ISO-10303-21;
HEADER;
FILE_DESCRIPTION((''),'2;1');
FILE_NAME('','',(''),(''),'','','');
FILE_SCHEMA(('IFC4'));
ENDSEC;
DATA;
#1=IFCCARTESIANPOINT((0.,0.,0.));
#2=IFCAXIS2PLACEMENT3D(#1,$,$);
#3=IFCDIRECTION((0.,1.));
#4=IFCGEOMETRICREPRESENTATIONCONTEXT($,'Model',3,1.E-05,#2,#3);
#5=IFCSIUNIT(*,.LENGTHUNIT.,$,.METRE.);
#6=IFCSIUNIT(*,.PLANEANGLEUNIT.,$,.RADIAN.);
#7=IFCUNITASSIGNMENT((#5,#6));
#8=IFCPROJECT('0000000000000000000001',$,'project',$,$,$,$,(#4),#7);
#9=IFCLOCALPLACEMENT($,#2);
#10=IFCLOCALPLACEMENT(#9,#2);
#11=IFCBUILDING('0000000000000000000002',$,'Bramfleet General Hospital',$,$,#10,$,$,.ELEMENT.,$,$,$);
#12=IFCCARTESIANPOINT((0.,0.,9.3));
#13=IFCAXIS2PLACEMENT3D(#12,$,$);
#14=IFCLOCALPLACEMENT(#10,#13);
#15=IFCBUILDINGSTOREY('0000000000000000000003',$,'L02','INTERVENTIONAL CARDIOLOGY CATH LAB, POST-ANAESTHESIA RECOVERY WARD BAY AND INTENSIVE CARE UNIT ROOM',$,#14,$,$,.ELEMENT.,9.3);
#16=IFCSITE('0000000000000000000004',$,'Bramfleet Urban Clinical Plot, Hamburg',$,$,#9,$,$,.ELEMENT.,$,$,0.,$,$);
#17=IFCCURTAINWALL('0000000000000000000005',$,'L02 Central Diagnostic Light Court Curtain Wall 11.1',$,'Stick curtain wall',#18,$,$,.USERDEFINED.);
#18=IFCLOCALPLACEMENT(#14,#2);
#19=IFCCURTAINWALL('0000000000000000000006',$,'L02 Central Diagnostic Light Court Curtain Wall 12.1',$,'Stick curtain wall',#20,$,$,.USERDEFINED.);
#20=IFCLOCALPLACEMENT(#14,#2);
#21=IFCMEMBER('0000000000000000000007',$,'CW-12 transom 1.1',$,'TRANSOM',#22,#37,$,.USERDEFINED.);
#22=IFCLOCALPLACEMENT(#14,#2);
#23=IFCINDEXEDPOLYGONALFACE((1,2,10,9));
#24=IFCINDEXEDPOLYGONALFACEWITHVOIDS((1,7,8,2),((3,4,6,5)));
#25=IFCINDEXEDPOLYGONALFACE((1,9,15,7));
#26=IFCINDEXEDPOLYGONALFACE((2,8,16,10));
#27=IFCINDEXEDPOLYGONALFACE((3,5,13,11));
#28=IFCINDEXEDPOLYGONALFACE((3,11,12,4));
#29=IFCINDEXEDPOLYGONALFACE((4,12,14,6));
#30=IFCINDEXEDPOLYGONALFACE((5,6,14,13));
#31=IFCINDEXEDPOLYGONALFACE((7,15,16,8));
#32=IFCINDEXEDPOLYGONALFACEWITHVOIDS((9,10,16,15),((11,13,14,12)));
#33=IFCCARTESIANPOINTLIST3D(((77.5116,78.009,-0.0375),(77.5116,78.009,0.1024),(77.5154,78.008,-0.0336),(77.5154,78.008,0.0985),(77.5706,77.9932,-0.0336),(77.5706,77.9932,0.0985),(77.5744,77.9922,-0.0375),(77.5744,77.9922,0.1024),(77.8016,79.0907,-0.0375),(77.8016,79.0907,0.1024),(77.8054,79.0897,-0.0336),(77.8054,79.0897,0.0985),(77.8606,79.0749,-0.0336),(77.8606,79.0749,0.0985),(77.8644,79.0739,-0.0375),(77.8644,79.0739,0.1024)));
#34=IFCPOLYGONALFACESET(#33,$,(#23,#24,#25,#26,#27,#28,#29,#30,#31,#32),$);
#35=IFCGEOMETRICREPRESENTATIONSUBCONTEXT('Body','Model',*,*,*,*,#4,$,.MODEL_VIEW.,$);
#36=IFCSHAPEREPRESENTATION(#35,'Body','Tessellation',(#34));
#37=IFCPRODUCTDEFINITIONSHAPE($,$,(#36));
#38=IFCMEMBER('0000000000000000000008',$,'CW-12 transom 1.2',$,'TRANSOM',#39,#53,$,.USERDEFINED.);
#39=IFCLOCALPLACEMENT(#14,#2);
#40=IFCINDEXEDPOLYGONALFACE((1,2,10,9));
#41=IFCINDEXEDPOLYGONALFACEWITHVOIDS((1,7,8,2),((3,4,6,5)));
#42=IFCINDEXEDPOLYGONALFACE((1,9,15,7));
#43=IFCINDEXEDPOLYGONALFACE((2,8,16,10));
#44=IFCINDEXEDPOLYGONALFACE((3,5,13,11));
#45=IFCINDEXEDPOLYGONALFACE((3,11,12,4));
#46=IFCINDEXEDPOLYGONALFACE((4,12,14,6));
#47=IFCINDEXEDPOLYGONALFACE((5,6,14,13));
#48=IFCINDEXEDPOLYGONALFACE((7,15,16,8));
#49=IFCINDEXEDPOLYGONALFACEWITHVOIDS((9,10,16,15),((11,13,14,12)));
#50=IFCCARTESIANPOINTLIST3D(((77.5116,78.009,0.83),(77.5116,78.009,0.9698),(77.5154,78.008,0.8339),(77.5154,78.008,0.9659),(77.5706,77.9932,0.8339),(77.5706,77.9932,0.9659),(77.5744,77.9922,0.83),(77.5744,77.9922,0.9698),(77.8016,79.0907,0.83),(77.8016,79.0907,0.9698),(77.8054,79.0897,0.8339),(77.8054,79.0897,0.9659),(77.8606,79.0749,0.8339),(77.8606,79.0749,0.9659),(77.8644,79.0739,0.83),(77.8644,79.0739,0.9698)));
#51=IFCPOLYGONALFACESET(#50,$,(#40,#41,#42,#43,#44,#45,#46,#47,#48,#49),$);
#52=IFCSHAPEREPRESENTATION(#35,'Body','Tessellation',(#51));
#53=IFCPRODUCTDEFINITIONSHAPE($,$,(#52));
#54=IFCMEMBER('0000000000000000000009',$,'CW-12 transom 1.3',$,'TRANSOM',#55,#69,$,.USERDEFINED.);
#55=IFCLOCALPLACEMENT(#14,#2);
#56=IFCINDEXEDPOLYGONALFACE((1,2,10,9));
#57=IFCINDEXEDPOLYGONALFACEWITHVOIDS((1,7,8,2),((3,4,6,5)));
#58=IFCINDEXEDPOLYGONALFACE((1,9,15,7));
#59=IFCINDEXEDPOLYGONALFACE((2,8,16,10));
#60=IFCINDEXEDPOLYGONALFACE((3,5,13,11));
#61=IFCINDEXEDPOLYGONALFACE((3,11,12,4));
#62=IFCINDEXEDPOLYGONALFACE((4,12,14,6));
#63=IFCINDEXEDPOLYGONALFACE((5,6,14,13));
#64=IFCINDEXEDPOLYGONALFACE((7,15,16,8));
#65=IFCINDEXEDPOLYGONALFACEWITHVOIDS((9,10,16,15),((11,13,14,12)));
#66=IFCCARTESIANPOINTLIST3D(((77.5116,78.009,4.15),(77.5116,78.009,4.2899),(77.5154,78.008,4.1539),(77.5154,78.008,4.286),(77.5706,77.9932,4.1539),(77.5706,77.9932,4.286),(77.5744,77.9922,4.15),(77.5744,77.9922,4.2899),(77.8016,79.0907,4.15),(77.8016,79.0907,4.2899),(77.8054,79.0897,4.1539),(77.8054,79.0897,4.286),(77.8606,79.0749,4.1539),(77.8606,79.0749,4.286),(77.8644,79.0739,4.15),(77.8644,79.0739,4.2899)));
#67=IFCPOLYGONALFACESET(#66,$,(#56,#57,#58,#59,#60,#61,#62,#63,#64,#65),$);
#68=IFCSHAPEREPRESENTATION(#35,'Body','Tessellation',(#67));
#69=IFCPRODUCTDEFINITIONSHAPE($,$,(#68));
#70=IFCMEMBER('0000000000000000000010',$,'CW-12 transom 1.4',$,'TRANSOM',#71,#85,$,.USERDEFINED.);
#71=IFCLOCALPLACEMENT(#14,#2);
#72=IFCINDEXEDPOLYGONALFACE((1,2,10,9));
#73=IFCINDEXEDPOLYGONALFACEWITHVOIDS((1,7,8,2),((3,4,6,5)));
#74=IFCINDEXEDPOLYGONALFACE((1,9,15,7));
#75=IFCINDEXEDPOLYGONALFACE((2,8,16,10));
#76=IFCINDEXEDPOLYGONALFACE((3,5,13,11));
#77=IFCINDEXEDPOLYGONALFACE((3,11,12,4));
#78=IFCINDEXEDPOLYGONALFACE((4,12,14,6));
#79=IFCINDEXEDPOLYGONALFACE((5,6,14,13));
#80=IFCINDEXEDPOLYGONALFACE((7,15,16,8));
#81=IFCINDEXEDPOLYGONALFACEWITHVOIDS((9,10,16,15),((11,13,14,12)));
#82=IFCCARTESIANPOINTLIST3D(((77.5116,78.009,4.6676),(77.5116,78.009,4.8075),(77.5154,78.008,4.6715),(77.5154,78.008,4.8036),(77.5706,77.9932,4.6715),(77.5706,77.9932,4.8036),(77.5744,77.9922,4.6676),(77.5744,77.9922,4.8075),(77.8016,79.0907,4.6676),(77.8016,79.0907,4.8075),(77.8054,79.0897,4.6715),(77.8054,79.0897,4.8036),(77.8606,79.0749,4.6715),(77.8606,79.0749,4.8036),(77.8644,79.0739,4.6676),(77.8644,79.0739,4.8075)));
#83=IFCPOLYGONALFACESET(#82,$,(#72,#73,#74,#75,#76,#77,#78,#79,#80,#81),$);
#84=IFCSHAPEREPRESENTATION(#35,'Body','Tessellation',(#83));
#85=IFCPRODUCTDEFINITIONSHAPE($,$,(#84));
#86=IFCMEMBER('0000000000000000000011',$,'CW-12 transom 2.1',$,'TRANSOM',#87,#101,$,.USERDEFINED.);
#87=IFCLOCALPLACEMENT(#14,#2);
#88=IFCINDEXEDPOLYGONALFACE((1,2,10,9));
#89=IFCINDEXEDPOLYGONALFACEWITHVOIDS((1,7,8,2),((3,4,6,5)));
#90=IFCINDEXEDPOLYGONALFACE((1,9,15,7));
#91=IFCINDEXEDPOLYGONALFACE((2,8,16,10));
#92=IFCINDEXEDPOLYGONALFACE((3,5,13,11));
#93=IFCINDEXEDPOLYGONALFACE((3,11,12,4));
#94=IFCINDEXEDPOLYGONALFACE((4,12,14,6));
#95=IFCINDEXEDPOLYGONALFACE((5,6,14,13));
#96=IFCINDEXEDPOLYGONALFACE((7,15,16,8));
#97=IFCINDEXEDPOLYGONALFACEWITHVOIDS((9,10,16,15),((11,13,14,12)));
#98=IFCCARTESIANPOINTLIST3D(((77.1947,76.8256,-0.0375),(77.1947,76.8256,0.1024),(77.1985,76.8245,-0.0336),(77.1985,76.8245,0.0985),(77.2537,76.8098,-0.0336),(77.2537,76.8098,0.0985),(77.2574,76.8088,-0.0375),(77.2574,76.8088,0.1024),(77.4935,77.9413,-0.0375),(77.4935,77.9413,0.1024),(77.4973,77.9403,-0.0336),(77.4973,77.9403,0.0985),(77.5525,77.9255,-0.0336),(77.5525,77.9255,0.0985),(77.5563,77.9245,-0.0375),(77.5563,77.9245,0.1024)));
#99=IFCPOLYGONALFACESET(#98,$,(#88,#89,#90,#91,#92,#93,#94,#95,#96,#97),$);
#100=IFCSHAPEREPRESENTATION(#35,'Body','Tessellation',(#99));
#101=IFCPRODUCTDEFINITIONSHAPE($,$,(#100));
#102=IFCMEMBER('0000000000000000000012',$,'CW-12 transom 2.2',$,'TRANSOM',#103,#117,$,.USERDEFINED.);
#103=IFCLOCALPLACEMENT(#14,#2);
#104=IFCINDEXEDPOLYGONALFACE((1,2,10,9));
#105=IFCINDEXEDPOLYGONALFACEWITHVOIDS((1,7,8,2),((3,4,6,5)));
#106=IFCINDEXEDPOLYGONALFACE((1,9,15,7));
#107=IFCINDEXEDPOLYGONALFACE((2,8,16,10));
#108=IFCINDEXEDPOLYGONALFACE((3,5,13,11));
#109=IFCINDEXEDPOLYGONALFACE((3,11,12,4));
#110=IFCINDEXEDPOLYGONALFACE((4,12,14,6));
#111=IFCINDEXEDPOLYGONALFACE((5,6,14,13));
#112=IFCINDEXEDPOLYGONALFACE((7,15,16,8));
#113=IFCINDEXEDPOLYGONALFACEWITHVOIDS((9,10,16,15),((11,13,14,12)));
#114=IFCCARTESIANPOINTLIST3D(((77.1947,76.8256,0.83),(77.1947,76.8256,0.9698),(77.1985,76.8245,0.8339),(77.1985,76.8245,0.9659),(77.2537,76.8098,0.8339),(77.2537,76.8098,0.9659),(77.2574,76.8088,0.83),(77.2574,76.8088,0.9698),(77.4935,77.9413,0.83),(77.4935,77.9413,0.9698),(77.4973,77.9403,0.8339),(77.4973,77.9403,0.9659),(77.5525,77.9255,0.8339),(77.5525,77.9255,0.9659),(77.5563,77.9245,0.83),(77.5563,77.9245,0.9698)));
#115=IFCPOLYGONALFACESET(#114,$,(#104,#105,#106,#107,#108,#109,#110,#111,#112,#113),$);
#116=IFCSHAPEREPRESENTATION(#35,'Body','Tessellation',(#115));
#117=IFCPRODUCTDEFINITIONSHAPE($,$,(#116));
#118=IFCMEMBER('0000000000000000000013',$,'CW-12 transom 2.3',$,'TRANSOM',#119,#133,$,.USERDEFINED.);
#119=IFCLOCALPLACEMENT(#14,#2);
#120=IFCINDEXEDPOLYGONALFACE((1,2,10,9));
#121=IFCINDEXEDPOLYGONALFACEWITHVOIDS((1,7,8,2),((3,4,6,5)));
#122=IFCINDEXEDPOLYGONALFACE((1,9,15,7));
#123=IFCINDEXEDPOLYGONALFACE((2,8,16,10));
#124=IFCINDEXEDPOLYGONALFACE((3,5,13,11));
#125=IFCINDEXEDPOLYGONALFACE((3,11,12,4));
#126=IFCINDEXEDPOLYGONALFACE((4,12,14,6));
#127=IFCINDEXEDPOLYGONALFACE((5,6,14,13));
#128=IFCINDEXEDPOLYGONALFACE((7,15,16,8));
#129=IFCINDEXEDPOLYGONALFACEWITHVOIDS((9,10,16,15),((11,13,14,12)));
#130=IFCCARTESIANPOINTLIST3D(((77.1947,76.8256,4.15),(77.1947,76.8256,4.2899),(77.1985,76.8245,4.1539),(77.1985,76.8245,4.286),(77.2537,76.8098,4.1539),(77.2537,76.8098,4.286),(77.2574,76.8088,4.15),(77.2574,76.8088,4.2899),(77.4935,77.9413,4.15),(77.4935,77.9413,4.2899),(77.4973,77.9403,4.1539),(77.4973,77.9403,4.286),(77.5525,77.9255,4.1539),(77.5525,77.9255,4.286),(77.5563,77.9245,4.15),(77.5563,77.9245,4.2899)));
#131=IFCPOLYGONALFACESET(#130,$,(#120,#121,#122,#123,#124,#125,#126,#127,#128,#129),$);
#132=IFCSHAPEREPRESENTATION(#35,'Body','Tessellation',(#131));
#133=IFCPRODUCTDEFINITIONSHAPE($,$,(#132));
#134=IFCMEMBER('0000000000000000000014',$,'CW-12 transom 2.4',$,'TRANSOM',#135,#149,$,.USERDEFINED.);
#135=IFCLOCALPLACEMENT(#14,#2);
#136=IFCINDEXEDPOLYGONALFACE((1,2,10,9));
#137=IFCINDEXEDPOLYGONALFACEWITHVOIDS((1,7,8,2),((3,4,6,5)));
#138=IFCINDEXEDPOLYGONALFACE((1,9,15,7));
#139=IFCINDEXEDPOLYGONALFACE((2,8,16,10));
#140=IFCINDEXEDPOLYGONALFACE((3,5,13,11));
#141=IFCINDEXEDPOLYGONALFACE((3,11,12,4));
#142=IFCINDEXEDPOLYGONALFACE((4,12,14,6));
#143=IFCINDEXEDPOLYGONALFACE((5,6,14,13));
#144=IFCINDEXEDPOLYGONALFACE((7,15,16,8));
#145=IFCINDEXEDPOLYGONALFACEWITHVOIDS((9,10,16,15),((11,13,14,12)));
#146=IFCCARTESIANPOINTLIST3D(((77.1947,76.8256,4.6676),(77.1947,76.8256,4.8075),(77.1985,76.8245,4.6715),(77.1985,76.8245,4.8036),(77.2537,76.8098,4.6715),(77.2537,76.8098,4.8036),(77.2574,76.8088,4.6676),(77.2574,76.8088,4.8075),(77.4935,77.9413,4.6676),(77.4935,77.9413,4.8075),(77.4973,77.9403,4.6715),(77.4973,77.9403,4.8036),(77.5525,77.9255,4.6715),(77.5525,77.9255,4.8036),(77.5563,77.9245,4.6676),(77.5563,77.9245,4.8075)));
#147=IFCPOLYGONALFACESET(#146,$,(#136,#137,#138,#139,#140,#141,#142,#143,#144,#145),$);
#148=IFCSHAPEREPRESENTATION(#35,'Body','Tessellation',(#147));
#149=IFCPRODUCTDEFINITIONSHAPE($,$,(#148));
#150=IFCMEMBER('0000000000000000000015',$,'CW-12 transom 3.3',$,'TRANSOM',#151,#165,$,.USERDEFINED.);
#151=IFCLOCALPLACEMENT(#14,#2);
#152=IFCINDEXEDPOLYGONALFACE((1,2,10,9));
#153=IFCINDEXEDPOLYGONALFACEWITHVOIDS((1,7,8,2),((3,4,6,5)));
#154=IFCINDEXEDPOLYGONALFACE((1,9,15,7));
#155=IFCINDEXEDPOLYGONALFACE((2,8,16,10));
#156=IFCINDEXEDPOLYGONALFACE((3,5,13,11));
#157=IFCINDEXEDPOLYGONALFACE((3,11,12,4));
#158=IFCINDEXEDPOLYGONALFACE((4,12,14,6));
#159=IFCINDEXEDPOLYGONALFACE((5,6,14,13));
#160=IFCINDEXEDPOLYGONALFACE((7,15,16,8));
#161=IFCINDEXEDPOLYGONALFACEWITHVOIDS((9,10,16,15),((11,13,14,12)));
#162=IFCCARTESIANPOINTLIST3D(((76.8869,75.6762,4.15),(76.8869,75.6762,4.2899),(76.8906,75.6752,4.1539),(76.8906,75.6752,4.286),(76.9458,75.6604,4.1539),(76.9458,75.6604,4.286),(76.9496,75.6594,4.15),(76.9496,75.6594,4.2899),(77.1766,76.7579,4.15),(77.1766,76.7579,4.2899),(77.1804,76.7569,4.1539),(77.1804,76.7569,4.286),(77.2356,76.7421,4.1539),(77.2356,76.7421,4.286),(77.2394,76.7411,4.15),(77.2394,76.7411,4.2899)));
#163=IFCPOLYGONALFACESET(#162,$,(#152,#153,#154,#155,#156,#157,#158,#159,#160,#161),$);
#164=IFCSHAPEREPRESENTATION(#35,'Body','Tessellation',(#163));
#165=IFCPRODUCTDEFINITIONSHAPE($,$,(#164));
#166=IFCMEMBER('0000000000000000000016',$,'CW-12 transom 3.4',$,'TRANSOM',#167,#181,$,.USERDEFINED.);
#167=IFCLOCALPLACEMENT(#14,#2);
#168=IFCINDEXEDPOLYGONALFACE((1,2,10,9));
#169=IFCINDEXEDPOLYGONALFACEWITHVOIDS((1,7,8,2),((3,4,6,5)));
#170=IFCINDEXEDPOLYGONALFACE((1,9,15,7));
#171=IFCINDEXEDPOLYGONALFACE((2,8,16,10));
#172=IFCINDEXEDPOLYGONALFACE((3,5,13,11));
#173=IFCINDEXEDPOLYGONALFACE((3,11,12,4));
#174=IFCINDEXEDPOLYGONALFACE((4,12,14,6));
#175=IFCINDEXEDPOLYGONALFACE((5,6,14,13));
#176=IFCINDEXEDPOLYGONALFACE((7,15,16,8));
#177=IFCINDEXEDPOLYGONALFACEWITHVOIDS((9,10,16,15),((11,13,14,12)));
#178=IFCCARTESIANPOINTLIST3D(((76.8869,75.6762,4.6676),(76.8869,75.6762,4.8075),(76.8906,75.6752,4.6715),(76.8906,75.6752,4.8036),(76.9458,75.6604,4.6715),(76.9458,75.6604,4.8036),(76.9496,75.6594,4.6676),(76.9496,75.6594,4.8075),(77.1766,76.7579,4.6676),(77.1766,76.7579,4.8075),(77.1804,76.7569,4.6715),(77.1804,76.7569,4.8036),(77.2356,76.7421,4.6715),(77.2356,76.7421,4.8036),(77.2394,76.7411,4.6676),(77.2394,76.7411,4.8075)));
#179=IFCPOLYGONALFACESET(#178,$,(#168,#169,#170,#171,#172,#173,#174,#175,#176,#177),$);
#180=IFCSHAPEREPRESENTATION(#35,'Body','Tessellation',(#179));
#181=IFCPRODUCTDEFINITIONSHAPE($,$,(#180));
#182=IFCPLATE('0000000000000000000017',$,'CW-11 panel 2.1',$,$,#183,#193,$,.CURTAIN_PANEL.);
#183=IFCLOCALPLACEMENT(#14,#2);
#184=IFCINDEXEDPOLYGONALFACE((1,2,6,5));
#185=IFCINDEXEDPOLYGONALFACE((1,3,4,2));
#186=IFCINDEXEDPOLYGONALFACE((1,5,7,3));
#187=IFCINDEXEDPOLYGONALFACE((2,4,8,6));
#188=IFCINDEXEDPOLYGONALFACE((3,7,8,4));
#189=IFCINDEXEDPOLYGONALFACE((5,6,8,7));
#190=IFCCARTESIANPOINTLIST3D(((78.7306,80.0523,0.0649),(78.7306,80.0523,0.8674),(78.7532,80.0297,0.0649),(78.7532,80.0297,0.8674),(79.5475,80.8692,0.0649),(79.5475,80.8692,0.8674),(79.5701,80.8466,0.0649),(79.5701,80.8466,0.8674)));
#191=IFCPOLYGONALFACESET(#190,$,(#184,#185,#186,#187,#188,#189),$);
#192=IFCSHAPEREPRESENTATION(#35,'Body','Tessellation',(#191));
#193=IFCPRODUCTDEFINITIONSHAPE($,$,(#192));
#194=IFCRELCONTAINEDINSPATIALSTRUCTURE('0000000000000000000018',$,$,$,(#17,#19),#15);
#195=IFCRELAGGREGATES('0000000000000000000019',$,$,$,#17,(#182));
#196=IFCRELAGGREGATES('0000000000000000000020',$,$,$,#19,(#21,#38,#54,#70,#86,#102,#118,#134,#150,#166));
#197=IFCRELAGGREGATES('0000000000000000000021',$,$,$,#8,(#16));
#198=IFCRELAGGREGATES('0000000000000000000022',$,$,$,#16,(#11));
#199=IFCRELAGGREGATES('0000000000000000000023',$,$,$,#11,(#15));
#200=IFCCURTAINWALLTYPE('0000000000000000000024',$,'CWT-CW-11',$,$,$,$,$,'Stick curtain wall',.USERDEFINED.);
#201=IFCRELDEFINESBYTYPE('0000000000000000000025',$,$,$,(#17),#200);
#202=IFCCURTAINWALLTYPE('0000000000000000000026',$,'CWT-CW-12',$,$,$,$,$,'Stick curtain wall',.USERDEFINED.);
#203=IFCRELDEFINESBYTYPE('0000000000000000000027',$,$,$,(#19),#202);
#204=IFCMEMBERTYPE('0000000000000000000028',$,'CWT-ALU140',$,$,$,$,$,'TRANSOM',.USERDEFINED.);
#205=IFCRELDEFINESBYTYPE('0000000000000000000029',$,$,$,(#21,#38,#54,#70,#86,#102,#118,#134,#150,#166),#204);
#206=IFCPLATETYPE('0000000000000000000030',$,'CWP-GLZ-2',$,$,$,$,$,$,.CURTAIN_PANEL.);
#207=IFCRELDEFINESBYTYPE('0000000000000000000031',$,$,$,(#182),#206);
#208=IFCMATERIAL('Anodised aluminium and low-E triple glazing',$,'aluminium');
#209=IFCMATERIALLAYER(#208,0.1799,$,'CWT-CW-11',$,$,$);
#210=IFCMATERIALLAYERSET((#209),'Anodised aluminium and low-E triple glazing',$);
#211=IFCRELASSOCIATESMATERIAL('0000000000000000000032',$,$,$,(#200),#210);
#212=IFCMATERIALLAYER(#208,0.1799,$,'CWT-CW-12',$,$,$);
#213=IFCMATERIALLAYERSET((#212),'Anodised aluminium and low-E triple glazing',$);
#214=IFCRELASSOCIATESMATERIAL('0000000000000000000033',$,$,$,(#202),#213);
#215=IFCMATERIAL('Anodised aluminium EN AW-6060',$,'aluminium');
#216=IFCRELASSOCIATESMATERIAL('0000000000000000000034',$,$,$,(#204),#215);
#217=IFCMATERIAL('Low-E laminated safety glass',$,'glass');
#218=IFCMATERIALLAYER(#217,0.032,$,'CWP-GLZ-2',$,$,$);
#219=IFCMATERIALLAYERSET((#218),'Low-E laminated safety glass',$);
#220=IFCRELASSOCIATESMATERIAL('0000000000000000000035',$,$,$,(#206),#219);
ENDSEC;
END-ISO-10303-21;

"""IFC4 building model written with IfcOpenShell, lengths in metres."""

from ifc_helpers import new_model, si_unit, direction, frame, origin, origin_2d, place, context, subcontext, project, spatial, rectangle, hollow_rectangle, extrude, material, layer, layer_set, material_profile, profile_set, type_object, element, aggregate, save


model = new_model("IFC4")

# Units and contexts
model_context = context("Model", 3, precision=1e-05, world=origin(), true_north=direction((0.0, 1.0)))
body_context = subcontext(model_context, "Body", "Model", "MODEL_VIEW")
ifc_project = project(units=[si_unit("LENGTHUNIT", "METRE"), si_unit("PLANEANGLEUNIT", "RADIAN")], contexts=[model_context])

# Site, building, storey
site_placement = place(None, origin())
site = spatial("IfcSite", under=ifc_project, at=site_placement, Name="Bramfleet Urban Clinical Plot, Hamburg", CompositionType="ELEMENT", RefElevation=0.0)
building_placement = place(site_placement, origin())
building = spatial("IfcBuilding", under=site, at=building_placement, Name="Bramfleet General Hospital", CompositionType="ELEMENT")
storey_placement = place(building_placement, frame((0.0, 0.0, 9.3)))
storey = spatial("IfcBuildingStorey", under=building, at=storey_placement, Name="L02", Description="INTERVENTIONAL CARDIOLOGY CATH LAB, POST-ANAESTHESIA RECOVERY WARD BAY AND INTENSIVE CARE UNIT ROOM", CompositionType="ELEMENT", Elevation=9.3)

# Curtain walls
ifc_material_1 = material(Name="Anodised aluminium and low-E triple glazing", Category="aluminium")
ifc_layer_1 = layer(ifc_material_1, 0.1799, Name="CWT-CW-11")
ifc_layer_set_1 = layer_set([ifc_layer_1], Name="Anodised aluminium and low-E triple glazing")
curtain_wall_type_1 = type_object("IfcCurtainWallType", Name="CWT-CW-11", ElementType="Stick curtain wall", PredefinedType="USERDEFINED", material=ifc_layer_set_1)
curtain_wall_1_placement = place(storey_placement, origin())
curtain_wall_1 = element("IfcCurtainWall", 1, at=curtain_wall_1_placement, inside=storey, type_object=curtain_wall_type_1, Name="L02 Central Diagnostic Light Court Curtain Wall 11.1", ObjectType="Stick curtain wall", PredefinedType="USERDEFINED")
ifc_material_2 = material(Name="Anodised aluminium EN AW-6060", Category="aluminium")
ifc_layer_2 = layer(ifc_material_1, 0.1799, Name="CWT-CW-12")
ifc_layer_set_2 = layer_set([ifc_layer_2], Name="Anodised aluminium and low-E triple glazing")
curtain_wall_type_2 = type_object("IfcCurtainWallType", Name="CWT-CW-12", ElementType="Stick curtain wall", PredefinedType="USERDEFINED", material=ifc_layer_set_2)
curtain_wall_2_placement = place(storey_placement, origin())
curtain_wall_2 = element("IfcCurtainWall", 2, at=curtain_wall_2_placement, inside=storey, type_object=curtain_wall_type_2, Name="L02 Central Diagnostic Light Court Curtain Wall 12.1", ObjectType="Stick curtain wall", PredefinedType="USERDEFINED")

# Members
ifc_material_profile_1 = material_profile(ifc_material_2, hollow_rectangle(XDim=0.0649, YDim=0.1399, WallThickness=0.0039, at=origin_2d()), Name="ALU 140x65x4.0")
ifc_profile_set_1 = profile_set([ifc_material_profile_1], Name="Anodised aluminium EN AW-6060")
member_type_1 = type_object("IfcMemberType", Name="CWT-ALU140", ElementType="TRANSOM", PredefinedType="USERDEFINED", material=ifc_profile_set_1)
member_1_placement = place(storey_placement, frame((77.833, 79.0823, 0.0325), z_axis=(-0.258965, -0.965887, 0.0), x_axis=(0.965887, -0.258965, 0.0)))
member_1 = element("IfcMember", 3, at=member_1_placement, type_object=member_type_1, Name="CW-12 transom 1.1", ObjectType="TRANSOM", PredefinedType="USERDEFINED", context=body_context, shape_type="SweptSolid", body=[
    extrude(hollow_rectangle(XDim=0.0649, YDim=0.1399, WallThickness=0.0039, at=origin_2d()), origin(), (0.0, 0.0, 1.0), 1.1199),
])
member_2_placement = place(storey_placement, frame((77.833, 79.0823, 0.8999), z_axis=(-0.258965, -0.965887, 0.0), x_axis=(0.965887, -0.258965, 0.0)))
member_2 = element("IfcMember", 4, at=member_2_placement, type_object=member_type_1, Name="CW-12 transom 1.2", ObjectType="TRANSOM", PredefinedType="USERDEFINED", context=body_context, shape_type="SweptSolid", body=[
    extrude(hollow_rectangle(XDim=0.0649, YDim=0.1399, WallThickness=0.0039, at=origin_2d()), origin(), (0.0, 0.0, 1.0), 1.1199),
])
member_3_placement = place(storey_placement, frame((77.833, 79.0823, 4.22), z_axis=(-0.258965, -0.965887, 0.0), x_axis=(0.965887, -0.258965, 0.0)))
member_3 = element("IfcMember", 5, at=member_3_placement, type_object=member_type_1, Name="CW-12 transom 1.3", ObjectType="TRANSOM", PredefinedType="USERDEFINED", context=body_context, shape_type="SweptSolid", body=[
    extrude(hollow_rectangle(XDim=0.0649, YDim=0.1399, WallThickness=0.0039, at=origin_2d()), origin(), (0.0, 0.0, 1.0), 1.1199),
])
member_4_placement = place(storey_placement, frame((77.833, 79.0823, 4.7375), z_axis=(-0.258965, -0.965887, 0.0), x_axis=(0.965887, -0.258965, 0.0)))
member_4 = element("IfcMember", 6, at=member_4_placement, type_object=member_type_1, Name="CW-12 transom 1.4", ObjectType="TRANSOM", PredefinedType="USERDEFINED", context=body_context, shape_type="SweptSolid", body=[
    extrude(hollow_rectangle(XDim=0.0649, YDim=0.1399, WallThickness=0.0039, at=origin_2d()), origin(), (0.0, 0.0, 1.0), 1.1199),
])
member_5_placement = place(storey_placement, frame((77.5249, 77.9329, 0.0325), z_axis=(-0.258715, -0.965954, 0.0), x_axis=(0.965954, -0.258715, 0.0)))
member_5 = element("IfcMember", 7, at=member_5_placement, type_object=member_type_1, Name="CW-12 transom 2.1", ObjectType="TRANSOM", PredefinedType="USERDEFINED", context=body_context, shape_type="SweptSolid", body=[
    extrude(hollow_rectangle(XDim=0.0649, YDim=0.1399, WallThickness=0.0039, at=origin_2d()), origin(), (0.0, 0.0, 1.0), 1.155),
])
member_6_placement = place(storey_placement, frame((77.5249, 77.9329, 0.8999), z_axis=(-0.258715, -0.965954, 0.0), x_axis=(0.965954, -0.258715, 0.0)))
member_6 = element("IfcMember", 8, at=member_6_placement, type_object=member_type_1, Name="CW-12 transom 2.2", ObjectType="TRANSOM", PredefinedType="USERDEFINED", context=body_context, shape_type="SweptSolid", body=[
    extrude(hollow_rectangle(XDim=0.0649, YDim=0.1399, WallThickness=0.0039, at=origin_2d()), origin(), (0.0, 0.0, 1.0), 1.155),
])
member_7_placement = place(storey_placement, frame((77.5249, 77.9329, 4.22), z_axis=(-0.258715, -0.965954, 0.0), x_axis=(0.965954, -0.258715, 0.0)))
member_7 = element("IfcMember", 9, at=member_7_placement, type_object=member_type_1, Name="CW-12 transom 2.3", ObjectType="TRANSOM", PredefinedType="USERDEFINED", context=body_context, shape_type="SweptSolid", body=[
    extrude(hollow_rectangle(XDim=0.0649, YDim=0.1399, WallThickness=0.0039, at=origin_2d()), origin(), (0.0, 0.0, 1.0), 1.155),
])
member_8_placement = place(storey_placement, frame((77.5249, 77.9329, 4.7375), z_axis=(-0.258715, -0.965954, 0.0), x_axis=(0.965954, -0.258715, 0.0)))
member_8 = element("IfcMember", 10, at=member_8_placement, type_object=member_type_1, Name="CW-12 transom 2.4", ObjectType="TRANSOM", PredefinedType="USERDEFINED", context=body_context, shape_type="SweptSolid", body=[
    extrude(hollow_rectangle(XDim=0.0649, YDim=0.1399, WallThickness=0.0039, at=origin_2d()), origin(), (0.0, 0.0, 1.0), 1.155),
])
member_9_placement = place(storey_placement, frame((77.208, 76.7495, 4.22), z_axis=(-0.258762, -0.965941, 0.0), x_axis=(0.965941, -0.258762, 0.0)))
member_9 = element("IfcMember", 11, at=member_9_placement, type_object=member_type_1, Name="CW-12 transom 3.3", ObjectType="TRANSOM", PredefinedType="USERDEFINED", context=body_context, shape_type="SweptSolid", body=[
    extrude(hollow_rectangle(XDim=0.0649, YDim=0.1399, WallThickness=0.0039, at=origin_2d()), origin(), (0.0, 0.0, 1.0), 1.1199),
])
member_10_placement = place(storey_placement, frame((77.208, 76.7495, 4.7375), z_axis=(-0.258762, -0.965941, 0.0), x_axis=(0.965941, -0.258762, 0.0)))
member_10 = element("IfcMember", 12, at=member_10_placement, type_object=member_type_1, Name="CW-12 transom 3.4", ObjectType="TRANSOM", PredefinedType="USERDEFINED", context=body_context, shape_type="SweptSolid", body=[
    extrude(hollow_rectangle(XDim=0.0649, YDim=0.1399, WallThickness=0.0039, at=origin_2d()), origin(), (0.0, 0.0, 1.0), 1.1199),
])

# Plate
ifc_material_3 = material(Name="Low-E laminated safety glass", Category="glass")
ifc_layer_3 = layer(ifc_material_3, 0.032, Name="CWP-GLZ-2")
ifc_layer_set_3 = layer_set([ifc_layer_3], Name="Low-E laminated safety glass")
plate_type = type_object("IfcPlateType", Name="CWP-GLZ-2", PredefinedType="CURTAIN_PANEL", material=ifc_layer_set_3)
plate_1_placement = place(storey_placement, frame((79.1504, 80.4495, 0.0649), z_axis=(0.0, 0.0, 1.0), x_axis=(-0.707107, -0.707107, 0.0)))
plate_1 = element("IfcPlate", 13, at=plate_1_placement, type_object=plate_type, Name="CW-11 panel 2.1", PredefinedType="CURTAIN_PANEL", context=body_context, shape_type="SweptSolid", body=[
    extrude(rectangle(XDim=1.1553, YDim=0.032, at=origin_2d()), origin(), (0.0, 0.0, 1.0), 0.8025),
])
aggregate(curtain_wall_1, [plate_1])
aggregate(curtain_wall_2, [member_1, member_2, member_3, member_4, member_5, member_6, member_7, member_8, member_9, member_10])

save(model, "model.ifc")
